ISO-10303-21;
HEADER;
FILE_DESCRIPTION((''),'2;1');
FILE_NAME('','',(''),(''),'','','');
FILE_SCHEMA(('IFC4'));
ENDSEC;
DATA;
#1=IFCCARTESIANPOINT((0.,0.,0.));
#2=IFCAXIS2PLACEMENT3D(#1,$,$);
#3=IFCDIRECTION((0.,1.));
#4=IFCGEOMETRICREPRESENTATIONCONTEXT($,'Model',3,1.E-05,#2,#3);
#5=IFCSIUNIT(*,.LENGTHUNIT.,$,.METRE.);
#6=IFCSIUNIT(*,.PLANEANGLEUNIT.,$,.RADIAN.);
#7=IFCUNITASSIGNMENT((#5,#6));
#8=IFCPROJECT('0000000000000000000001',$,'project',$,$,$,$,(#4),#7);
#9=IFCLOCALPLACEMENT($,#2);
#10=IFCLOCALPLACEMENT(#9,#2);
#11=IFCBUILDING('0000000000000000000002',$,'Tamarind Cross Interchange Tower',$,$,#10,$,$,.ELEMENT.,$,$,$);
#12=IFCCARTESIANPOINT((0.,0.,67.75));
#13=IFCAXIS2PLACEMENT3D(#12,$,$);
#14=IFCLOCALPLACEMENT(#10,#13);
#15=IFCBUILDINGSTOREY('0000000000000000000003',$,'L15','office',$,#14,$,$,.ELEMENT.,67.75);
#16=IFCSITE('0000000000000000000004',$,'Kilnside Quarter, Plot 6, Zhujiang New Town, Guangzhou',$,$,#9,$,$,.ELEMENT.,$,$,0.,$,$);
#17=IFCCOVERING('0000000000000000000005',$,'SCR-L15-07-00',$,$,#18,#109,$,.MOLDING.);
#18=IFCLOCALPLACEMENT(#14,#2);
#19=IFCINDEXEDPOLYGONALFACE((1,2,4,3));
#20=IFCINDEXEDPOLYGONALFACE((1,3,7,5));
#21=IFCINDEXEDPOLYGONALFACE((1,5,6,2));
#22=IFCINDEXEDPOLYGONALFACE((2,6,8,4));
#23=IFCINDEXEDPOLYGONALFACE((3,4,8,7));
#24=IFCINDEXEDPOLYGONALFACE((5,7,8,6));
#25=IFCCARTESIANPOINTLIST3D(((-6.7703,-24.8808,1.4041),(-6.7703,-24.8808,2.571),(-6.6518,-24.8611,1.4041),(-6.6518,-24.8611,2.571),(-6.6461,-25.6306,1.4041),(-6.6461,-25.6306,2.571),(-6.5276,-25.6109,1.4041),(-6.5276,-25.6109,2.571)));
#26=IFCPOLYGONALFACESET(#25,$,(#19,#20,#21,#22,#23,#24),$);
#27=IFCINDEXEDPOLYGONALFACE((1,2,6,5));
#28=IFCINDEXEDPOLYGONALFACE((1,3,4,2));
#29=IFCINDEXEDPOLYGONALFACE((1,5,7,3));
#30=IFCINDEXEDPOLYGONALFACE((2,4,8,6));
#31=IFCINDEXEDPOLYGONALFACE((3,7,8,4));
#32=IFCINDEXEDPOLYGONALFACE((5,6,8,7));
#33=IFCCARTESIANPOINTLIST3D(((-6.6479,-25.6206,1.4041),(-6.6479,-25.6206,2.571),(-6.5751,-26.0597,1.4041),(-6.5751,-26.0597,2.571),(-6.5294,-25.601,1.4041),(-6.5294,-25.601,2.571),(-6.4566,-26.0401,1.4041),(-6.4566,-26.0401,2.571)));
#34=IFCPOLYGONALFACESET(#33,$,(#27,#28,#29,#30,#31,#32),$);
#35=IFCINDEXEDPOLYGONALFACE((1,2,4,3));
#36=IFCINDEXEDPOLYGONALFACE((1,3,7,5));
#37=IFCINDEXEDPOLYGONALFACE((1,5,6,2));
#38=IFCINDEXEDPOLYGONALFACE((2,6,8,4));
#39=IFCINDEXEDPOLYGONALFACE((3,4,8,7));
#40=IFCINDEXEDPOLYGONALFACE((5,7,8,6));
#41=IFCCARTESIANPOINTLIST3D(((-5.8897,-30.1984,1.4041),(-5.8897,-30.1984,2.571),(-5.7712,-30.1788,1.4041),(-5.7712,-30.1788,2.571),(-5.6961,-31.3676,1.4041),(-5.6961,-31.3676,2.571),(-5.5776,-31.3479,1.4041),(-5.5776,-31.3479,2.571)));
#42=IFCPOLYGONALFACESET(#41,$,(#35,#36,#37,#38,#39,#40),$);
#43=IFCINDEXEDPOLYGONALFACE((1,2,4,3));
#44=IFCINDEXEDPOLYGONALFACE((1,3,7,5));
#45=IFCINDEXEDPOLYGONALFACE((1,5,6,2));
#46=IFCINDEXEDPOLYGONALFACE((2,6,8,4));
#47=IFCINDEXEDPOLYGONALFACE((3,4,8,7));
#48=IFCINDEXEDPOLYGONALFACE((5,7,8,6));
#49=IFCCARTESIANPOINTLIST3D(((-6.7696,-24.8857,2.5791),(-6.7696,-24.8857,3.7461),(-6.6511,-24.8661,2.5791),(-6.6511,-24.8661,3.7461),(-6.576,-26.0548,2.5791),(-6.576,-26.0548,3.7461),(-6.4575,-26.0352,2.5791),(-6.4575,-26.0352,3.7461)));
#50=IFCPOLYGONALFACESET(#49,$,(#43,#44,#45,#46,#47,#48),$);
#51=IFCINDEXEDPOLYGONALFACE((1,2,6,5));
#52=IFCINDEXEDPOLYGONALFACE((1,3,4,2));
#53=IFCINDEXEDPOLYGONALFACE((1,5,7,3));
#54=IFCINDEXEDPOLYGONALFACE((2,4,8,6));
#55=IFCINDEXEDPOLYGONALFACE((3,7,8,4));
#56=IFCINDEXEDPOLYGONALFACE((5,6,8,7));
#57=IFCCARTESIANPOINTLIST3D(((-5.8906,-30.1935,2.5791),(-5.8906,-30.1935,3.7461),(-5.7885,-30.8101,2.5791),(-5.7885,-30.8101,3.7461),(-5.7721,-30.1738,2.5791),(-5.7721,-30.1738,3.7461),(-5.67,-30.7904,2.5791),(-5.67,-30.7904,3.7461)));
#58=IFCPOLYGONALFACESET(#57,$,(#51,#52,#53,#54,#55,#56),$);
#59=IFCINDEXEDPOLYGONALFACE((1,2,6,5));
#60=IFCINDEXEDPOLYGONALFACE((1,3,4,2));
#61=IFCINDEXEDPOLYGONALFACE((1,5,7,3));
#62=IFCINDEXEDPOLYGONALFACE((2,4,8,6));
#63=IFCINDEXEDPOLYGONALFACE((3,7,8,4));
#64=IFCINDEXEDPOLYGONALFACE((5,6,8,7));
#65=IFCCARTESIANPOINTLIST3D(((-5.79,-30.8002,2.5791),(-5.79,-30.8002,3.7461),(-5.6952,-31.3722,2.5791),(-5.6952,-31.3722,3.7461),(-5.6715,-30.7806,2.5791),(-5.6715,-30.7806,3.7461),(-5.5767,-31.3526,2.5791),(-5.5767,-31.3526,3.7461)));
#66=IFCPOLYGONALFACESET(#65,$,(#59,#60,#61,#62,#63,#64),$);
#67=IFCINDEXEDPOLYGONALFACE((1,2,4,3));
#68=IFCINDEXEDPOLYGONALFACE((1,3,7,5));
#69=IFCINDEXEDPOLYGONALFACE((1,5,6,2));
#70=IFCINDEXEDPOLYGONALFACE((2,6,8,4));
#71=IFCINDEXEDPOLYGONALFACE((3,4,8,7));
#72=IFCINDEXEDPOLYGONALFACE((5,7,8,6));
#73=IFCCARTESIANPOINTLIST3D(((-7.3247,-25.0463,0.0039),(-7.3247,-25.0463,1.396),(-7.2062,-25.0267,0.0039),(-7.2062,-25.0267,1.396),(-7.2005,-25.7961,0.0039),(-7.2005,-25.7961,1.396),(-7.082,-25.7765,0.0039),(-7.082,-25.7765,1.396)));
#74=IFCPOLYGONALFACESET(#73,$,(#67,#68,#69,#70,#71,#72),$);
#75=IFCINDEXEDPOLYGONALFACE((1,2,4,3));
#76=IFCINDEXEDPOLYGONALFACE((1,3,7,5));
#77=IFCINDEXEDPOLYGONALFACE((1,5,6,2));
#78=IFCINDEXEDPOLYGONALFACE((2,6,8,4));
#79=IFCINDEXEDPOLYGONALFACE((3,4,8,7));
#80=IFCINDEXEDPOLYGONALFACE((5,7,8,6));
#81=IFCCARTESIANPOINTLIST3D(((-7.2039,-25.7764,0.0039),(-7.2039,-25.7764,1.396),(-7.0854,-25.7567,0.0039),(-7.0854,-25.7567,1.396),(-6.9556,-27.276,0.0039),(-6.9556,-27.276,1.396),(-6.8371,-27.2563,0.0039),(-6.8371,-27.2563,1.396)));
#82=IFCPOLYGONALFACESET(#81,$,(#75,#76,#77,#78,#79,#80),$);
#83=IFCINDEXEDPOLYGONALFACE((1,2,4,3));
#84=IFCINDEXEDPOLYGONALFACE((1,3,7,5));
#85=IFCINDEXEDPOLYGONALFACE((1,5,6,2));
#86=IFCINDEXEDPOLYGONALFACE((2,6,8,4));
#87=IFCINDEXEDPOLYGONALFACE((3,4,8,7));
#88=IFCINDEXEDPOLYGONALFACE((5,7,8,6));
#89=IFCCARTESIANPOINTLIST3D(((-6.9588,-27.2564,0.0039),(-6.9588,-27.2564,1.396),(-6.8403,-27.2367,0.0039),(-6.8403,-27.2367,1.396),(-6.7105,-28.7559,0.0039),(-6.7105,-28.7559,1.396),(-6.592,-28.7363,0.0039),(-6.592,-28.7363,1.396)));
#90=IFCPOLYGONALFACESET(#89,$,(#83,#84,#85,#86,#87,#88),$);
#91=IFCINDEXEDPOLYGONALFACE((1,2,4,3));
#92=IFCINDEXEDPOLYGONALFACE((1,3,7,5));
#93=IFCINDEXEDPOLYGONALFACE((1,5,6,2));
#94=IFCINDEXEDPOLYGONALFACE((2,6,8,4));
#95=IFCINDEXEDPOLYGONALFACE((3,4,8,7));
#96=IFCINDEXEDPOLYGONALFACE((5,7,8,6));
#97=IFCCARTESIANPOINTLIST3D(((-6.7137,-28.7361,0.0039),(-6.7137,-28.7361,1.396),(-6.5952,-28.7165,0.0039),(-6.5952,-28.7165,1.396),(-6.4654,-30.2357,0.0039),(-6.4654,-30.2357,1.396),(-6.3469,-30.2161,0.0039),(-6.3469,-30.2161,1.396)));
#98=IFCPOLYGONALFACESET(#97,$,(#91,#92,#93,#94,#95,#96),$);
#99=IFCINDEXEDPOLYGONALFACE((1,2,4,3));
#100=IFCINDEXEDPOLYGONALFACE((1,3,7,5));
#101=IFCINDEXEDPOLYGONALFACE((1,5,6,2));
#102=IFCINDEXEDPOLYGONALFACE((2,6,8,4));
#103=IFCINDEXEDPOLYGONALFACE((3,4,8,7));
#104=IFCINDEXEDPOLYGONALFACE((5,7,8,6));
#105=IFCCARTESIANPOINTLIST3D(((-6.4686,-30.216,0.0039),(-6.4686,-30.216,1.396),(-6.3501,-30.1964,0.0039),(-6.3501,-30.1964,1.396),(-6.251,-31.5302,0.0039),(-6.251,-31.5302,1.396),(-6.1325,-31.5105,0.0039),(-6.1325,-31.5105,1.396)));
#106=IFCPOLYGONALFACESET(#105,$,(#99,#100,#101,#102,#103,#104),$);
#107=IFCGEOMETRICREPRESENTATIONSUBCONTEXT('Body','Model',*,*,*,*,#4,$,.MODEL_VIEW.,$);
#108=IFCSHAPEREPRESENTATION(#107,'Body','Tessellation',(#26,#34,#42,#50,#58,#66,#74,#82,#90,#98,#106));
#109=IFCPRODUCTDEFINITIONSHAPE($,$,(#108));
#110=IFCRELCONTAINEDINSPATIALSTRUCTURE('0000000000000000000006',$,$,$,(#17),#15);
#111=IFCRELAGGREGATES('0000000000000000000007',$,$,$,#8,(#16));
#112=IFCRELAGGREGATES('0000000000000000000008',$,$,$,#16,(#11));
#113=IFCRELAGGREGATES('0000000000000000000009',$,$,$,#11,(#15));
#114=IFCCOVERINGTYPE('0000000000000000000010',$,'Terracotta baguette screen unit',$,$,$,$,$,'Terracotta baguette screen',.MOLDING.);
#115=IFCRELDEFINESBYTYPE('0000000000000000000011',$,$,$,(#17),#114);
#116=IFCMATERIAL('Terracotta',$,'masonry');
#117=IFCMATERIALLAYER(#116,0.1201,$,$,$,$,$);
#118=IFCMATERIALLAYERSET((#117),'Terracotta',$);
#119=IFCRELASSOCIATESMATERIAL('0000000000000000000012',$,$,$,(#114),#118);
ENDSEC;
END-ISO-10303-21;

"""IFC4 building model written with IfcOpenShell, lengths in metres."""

from ifc_helpers import new_model, si_unit, direction, frame, origin, origin_2d, place, context, subcontext, project, spatial, rectangle, extrude, material, layer, layer_set, type_object, element, save


model = new_model("IFC4")

# Units and contexts
model_context = context("Model", 3, precision=1e-05, world=origin(), true_north=direction((0.0, 1.0)))
body_context = subcontext(model_context, "Body", "Model", "MODEL_VIEW")
ifc_project = project(units=[si_unit("LENGTHUNIT", "METRE"), si_unit("PLANEANGLEUNIT", "RADIAN")], contexts=[model_context])

# Site, building, storey
site_placement = place(None, origin())
site = spatial("IfcSite", under=ifc_project, at=site_placement, Name="Kilnside Quarter, Plot 6, Zhujiang New Town, Guangzhou", CompositionType="ELEMENT", RefElevation=0.0)
building_placement = place(site_placement, origin())
building = spatial("IfcBuilding", under=site, at=building_placement, Name="Tamarind Cross Interchange Tower", CompositionType="ELEMENT")
storey_placement = place(building_placement, frame((0.0, 0.0, 67.75)))
storey = spatial("IfcBuildingStorey", under=building, at=storey_placement, Name="L15", Description="office", CompositionType="ELEMENT", Elevation=67.75)

# Covering
ifc_material_1 = material(Name="Terracotta", Category="masonry")
ifc_layer_1 = layer(ifc_material_1, 0.1201)
ifc_layer_set_1 = layer_set([ifc_layer_1], Name="Terracotta")
covering_type = type_object("IfcCoveringType", Name="Terracotta baguette screen unit", ElementType="Terracotta baguette screen", PredefinedType="MOLDING", material=ifc_layer_set_1)
covering_1_placement = place(storey_placement, origin())
element("IfcCovering", 1, at=covering_1_placement, inside=storey, type_object=covering_type, Name="SCR-L15-07-00", PredefinedType="MOLDING", context=body_context, shape_type="SweptSolid", body=[
    extrude(rectangle(XDim=0.76, YDim=0.1201, at=origin_2d()), frame((-6.6489, -25.2458, 1.4041), z_axis=(0.0, 0.0, 1.0), x_axis=(0.163381, -0.986563, 0.0)), (0.0, 0.0, 1.0), 1.167),
    extrude(rectangle(XDim=0.4451, YDim=0.1201, at=origin_2d()), frame((-6.5522, -25.8303, 1.4041), z_axis=(0.0, 0.0, 1.0), x_axis=(0.163381, -0.986563, 0.0)), (0.0, 0.0, 1.0), 1.167),
    extrude(rectangle(XDim=1.1851, YDim=0.1201, at=origin_2d()), frame((-5.7336, -30.7732, 1.4041), z_axis=(0.0, 0.0, 1.0), x_axis=(0.163381, -0.986563, 0.0)), (0.0, 0.0, 1.0), 1.167),
    extrude(rectangle(XDim=1.1851, YDim=0.1201, at=origin_2d()), frame((-6.6135, -25.4604, 2.5791), z_axis=(0.0, 0.0, 1.0), x_axis=(0.163381, -0.986563, 0.0)), (0.0, 0.0, 1.0), 1.167),
    extrude(rectangle(XDim=0.625, YDim=0.1201, at=origin_2d()), frame((-5.7803, -30.4919, 2.5791), z_axis=(0.0, 0.0, 1.0), x_axis=(0.163381, -0.986563, 0.0)), (0.0, 0.0, 1.0), 1.167),
    extrude(rectangle(XDim=0.5798, YDim=0.1201, at=origin_2d()), frame((-5.6833, -31.0764, 2.5791), z_axis=(0.0, 0.0, 1.0), x_axis=(0.163381, -0.986563, 0.0)), (0.0, 0.0, 1.0), 1.167),
    extrude(rectangle(XDim=0.76, YDim=0.1201, at=origin_2d()), frame((-7.2034, -25.4114, 0.0039), z_axis=(0.0, 0.0, 1.0), x_axis=(0.163381, -0.986563, 0.0)), (0.0, 0.0, 1.0), 1.3921),
    extrude(rectangle(XDim=1.52, YDim=0.1201, at=origin_2d()), frame((-7.0205, -26.5164, 0.0039), z_axis=(0.0, 0.0, 1.0), x_axis=(0.163381, -0.986563, 0.0)), (0.0, 0.0, 1.0), 1.3921),
    extrude(rectangle(XDim=1.52, YDim=0.1201, at=origin_2d()), frame((-6.7754, -27.9963, 0.0039), z_axis=(0.0, 0.0, 1.0), x_axis=(0.163381, -0.986563, 0.0)), (0.0, 0.0, 1.0), 1.3921),
    extrude(rectangle(XDim=1.52, YDim=0.1201, at=origin_2d()), frame((-6.5303, -29.4761, 0.0039), z_axis=(0.0, 0.0, 1.0), x_axis=(0.163381, -0.986563, 0.0)), (0.0, 0.0, 1.0), 1.3921),
    extrude(rectangle(XDim=1.332, YDim=0.1201, at=origin_2d()), frame((-6.3005, -30.8633, 0.0039), z_axis=(0.0, 0.0, 1.0), x_axis=(0.163381, -0.986563, 0.0)), (0.0, 0.0, 1.0), 1.3921),
])

save(model, "model.ifc")
